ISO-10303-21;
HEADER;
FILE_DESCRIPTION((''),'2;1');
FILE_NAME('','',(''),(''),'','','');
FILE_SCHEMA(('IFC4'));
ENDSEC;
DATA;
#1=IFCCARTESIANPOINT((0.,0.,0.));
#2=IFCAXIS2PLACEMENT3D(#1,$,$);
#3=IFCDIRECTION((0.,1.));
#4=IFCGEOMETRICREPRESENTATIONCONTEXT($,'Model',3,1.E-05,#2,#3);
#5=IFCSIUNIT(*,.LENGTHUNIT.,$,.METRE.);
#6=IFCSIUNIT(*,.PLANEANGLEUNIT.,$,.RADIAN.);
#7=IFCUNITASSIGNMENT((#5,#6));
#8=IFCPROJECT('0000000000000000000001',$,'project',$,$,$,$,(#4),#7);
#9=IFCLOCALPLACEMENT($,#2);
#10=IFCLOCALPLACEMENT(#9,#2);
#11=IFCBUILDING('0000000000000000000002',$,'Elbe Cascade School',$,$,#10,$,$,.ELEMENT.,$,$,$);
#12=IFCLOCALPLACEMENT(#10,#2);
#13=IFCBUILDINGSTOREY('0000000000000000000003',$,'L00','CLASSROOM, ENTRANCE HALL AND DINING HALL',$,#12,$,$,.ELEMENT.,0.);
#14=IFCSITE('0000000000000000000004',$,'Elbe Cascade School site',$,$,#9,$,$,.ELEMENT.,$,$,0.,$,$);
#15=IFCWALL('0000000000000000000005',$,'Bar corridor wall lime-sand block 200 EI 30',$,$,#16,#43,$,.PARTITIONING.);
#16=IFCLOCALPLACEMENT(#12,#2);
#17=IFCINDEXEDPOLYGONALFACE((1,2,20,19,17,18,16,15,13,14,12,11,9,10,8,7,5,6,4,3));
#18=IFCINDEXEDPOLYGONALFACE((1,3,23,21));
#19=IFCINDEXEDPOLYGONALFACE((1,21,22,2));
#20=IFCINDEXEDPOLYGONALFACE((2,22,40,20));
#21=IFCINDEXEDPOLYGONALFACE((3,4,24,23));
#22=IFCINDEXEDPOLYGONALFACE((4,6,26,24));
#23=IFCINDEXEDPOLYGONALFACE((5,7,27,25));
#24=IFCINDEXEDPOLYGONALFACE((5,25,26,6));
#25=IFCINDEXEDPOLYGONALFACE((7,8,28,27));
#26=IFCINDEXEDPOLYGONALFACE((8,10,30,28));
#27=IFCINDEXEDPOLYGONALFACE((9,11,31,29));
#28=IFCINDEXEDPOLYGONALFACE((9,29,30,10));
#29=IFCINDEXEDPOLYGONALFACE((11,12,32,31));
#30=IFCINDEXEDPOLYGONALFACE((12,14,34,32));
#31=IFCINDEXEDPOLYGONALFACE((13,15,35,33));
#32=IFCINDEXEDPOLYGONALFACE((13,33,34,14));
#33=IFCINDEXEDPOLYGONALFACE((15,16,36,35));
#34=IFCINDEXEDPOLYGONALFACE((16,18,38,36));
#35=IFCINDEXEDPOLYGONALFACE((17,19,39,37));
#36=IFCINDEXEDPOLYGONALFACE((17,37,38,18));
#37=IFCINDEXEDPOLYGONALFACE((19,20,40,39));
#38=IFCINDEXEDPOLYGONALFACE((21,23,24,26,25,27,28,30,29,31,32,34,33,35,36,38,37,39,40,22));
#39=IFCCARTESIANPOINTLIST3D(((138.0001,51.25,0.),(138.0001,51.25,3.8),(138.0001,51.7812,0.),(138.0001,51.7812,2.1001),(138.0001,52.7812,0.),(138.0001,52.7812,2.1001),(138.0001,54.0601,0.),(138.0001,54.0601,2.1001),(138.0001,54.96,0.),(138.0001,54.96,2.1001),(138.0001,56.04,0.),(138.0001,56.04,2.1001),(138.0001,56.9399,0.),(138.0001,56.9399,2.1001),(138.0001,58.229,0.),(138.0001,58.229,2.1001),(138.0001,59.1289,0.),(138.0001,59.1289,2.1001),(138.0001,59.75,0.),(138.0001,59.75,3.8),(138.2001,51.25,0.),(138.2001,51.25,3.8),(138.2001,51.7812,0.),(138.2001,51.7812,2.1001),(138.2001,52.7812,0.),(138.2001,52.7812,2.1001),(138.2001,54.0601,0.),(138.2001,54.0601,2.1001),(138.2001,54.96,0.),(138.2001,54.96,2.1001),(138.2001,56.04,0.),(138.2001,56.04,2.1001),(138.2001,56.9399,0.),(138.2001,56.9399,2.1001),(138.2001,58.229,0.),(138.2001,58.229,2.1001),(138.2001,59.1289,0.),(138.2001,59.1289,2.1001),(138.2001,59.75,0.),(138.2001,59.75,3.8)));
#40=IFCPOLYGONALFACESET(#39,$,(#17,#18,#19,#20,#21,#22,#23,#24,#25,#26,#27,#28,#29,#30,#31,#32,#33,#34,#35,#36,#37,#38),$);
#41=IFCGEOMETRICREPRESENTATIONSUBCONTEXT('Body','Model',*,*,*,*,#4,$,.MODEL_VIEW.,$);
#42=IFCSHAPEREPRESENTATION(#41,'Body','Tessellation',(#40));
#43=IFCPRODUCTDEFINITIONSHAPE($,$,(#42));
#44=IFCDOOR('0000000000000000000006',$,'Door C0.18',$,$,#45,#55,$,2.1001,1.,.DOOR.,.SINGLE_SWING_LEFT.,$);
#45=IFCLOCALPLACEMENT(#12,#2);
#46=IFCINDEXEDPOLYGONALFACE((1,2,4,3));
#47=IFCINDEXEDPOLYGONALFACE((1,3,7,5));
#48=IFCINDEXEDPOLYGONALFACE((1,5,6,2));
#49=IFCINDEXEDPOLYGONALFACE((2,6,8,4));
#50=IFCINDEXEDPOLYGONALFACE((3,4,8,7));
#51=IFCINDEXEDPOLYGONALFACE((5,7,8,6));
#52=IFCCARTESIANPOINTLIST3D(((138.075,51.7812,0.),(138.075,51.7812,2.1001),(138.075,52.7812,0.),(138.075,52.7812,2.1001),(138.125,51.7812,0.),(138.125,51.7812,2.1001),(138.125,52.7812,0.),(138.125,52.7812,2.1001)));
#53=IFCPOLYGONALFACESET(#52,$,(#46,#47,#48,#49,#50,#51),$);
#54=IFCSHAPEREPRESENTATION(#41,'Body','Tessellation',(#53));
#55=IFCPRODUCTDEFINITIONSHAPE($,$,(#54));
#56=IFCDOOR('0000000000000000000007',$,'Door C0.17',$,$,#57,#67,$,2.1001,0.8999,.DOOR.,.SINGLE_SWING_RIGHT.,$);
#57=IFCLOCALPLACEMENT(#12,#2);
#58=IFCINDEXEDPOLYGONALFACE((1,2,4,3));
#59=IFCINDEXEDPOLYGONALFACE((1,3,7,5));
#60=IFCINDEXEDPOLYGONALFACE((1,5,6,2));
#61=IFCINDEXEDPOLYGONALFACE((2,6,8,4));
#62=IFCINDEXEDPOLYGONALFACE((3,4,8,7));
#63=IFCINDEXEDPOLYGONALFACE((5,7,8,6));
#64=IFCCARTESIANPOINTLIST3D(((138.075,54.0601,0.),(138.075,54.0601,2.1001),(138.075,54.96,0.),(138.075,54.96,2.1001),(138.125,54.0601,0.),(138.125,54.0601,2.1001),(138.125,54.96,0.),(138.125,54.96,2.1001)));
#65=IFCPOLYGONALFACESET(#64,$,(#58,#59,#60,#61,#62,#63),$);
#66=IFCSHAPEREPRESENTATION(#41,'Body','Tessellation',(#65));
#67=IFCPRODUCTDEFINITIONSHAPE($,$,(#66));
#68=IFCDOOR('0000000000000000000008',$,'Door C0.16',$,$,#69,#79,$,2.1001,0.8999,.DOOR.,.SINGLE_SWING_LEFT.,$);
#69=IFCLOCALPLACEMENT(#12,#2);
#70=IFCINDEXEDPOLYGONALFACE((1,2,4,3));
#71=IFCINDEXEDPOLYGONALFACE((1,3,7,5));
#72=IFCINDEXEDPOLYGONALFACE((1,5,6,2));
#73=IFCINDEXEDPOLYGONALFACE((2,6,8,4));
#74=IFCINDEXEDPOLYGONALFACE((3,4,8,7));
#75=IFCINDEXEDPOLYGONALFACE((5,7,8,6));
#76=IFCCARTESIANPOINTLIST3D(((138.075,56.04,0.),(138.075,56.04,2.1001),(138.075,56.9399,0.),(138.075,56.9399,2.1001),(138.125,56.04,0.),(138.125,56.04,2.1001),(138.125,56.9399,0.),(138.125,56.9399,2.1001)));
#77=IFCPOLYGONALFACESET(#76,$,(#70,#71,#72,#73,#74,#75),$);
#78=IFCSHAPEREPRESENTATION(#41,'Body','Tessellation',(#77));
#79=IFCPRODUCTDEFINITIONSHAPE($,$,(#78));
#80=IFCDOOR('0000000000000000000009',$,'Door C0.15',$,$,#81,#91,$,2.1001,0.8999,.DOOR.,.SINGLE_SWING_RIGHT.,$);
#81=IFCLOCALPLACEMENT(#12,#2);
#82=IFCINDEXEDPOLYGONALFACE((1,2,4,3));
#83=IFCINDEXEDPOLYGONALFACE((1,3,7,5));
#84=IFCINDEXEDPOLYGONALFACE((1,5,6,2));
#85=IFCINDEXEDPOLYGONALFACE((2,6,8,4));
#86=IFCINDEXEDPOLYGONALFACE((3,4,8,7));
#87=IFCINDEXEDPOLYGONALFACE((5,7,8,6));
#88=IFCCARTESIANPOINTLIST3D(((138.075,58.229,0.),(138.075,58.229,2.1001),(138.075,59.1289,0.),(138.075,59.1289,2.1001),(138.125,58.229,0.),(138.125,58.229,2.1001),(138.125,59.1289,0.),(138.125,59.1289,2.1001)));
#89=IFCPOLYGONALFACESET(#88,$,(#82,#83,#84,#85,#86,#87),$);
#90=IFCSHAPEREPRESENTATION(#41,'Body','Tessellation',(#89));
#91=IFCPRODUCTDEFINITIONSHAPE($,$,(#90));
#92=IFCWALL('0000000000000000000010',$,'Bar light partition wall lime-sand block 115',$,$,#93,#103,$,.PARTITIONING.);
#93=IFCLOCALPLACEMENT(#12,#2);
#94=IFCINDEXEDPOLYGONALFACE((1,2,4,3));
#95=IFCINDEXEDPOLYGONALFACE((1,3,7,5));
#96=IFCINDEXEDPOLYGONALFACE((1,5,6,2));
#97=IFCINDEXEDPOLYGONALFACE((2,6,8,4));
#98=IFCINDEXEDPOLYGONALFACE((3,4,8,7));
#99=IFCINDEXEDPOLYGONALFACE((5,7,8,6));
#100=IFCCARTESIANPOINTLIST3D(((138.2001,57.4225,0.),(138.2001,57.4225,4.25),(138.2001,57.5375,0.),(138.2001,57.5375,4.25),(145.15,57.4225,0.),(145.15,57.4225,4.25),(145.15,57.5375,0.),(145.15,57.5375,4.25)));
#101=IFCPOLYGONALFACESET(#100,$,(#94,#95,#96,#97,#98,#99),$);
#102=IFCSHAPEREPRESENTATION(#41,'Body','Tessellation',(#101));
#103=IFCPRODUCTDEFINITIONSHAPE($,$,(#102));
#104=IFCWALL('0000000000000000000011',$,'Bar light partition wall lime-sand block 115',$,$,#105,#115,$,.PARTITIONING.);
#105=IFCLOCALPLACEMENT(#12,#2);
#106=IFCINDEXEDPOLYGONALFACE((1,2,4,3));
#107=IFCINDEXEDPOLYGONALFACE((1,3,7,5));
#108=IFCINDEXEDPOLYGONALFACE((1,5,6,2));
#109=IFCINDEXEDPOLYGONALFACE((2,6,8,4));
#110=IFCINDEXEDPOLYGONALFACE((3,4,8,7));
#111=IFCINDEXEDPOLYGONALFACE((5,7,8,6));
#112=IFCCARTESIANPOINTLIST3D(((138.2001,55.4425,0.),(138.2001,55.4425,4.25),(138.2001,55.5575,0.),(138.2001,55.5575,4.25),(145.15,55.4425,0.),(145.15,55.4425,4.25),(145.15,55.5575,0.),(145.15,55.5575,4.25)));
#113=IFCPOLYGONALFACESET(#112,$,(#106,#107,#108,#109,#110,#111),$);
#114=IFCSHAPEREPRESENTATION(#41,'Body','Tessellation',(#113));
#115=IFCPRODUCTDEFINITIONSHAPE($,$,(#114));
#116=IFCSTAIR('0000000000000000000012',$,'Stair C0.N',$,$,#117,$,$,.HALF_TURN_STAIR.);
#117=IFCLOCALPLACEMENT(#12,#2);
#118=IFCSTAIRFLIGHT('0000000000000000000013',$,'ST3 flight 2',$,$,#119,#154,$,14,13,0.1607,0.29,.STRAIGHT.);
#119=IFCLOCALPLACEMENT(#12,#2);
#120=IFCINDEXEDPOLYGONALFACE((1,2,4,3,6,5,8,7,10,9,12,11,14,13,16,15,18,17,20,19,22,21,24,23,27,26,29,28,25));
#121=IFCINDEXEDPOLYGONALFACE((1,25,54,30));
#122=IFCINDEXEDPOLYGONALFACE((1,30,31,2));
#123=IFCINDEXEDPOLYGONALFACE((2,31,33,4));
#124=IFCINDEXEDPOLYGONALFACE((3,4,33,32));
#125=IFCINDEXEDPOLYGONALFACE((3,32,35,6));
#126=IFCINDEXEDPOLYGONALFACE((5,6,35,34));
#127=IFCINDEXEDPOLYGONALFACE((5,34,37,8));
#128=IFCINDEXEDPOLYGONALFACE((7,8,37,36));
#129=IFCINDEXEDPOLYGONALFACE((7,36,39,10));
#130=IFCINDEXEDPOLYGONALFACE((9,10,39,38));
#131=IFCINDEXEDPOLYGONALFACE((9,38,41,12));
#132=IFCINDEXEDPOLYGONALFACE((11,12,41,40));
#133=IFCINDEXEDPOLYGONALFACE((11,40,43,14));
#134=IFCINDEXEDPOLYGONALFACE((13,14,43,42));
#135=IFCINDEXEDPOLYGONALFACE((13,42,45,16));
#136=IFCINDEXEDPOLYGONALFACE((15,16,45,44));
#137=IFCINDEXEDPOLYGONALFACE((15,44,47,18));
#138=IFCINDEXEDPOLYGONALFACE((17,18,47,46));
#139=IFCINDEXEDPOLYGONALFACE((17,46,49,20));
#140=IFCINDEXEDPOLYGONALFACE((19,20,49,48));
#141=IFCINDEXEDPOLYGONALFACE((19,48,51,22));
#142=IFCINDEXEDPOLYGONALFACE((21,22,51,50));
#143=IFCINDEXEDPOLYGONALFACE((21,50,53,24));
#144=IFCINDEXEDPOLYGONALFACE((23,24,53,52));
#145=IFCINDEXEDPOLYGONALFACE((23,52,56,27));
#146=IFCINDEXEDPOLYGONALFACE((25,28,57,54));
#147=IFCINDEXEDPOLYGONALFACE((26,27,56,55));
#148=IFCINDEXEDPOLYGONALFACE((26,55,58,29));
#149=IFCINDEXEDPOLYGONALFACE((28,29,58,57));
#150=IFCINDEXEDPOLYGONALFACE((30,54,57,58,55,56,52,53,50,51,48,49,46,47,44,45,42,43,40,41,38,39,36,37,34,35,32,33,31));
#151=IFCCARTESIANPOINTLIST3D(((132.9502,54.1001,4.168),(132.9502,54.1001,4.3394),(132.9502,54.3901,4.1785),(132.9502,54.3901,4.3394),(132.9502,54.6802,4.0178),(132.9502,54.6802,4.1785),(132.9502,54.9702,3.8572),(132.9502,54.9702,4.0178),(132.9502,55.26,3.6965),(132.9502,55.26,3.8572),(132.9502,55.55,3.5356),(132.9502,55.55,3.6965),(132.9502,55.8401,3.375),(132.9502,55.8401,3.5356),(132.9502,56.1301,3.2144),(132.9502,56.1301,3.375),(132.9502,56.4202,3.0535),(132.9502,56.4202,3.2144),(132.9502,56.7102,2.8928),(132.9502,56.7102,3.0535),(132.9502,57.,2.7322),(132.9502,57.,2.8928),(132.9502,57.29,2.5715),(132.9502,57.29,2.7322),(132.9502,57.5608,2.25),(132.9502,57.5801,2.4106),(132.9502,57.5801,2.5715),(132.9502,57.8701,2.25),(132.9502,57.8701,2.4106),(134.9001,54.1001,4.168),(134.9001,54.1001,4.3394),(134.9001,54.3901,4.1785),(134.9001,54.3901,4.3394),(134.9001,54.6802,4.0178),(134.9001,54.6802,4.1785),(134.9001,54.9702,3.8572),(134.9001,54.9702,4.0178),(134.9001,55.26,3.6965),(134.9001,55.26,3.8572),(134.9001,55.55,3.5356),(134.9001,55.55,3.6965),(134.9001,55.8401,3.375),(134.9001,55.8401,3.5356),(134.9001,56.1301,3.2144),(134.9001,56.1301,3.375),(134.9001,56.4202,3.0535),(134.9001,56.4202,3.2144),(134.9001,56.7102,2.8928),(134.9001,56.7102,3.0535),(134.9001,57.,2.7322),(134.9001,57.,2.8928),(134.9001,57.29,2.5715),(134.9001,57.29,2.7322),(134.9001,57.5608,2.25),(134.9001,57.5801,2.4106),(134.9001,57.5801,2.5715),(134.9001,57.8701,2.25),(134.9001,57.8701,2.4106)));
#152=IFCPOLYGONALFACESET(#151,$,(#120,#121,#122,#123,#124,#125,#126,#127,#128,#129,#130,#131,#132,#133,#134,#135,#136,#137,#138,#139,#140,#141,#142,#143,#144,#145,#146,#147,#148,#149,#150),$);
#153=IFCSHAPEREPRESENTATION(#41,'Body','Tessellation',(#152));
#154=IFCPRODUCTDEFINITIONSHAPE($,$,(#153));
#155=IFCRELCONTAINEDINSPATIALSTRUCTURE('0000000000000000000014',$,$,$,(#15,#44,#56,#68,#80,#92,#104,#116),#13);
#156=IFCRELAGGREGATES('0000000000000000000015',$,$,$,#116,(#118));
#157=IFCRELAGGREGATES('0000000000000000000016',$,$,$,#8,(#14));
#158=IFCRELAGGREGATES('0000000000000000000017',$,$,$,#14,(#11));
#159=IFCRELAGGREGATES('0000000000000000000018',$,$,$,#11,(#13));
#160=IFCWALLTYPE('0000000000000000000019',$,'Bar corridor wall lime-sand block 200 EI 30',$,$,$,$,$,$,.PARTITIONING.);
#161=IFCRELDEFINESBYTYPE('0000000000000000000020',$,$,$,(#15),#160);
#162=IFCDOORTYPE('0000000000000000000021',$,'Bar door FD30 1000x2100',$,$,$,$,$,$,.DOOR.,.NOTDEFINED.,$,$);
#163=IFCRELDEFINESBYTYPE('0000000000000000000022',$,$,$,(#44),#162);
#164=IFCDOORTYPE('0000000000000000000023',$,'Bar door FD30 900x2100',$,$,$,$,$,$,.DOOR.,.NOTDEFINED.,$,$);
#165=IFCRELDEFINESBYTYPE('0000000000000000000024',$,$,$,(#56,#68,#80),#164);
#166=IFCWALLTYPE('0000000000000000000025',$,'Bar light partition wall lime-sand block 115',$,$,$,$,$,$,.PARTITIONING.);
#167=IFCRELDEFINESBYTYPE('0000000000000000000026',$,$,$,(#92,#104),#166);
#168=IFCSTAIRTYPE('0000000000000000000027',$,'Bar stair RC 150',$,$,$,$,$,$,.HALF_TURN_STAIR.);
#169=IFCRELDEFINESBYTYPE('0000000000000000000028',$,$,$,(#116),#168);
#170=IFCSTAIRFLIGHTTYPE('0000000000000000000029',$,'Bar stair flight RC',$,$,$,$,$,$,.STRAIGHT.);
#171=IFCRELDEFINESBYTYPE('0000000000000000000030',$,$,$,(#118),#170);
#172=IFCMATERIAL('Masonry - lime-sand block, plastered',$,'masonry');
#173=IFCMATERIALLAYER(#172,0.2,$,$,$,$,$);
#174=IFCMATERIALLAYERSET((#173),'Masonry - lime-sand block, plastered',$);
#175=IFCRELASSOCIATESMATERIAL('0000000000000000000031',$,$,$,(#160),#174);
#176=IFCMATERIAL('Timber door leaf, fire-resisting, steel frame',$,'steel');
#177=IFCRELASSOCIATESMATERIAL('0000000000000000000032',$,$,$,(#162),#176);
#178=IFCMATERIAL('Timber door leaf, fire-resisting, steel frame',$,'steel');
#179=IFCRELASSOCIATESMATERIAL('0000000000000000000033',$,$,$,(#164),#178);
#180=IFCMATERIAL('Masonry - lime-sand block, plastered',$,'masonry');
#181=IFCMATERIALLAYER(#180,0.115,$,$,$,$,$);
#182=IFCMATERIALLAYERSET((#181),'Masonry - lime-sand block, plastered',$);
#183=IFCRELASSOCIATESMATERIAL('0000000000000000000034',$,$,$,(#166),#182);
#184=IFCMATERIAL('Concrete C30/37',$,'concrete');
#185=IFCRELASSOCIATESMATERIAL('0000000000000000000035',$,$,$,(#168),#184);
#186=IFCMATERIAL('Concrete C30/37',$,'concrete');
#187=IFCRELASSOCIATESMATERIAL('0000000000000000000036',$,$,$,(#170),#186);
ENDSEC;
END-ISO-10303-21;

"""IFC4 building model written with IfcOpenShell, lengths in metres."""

from ifc_helpers import new_model, si_unit, direction, frame, frame_2d, origin, place, context, subcontext, project, spatial, polyline, rectangle, outline, extrude, material, layer, layer_set, type_object, element, fill, aggregate, save


model = new_model("IFC4")

# Units and contexts
model_context = context("Model", 3, precision=1e-05, world=origin(), true_north=direction((0.0, 1.0)))
body_context = subcontext(model_context, "Body", "Model", "MODEL_VIEW")
ifc_project = project(units=[si_unit("LENGTHUNIT", "METRE"), si_unit("PLANEANGLEUNIT", "RADIAN")], contexts=[model_context])

# Site, building, storey
site_placement = place(None, origin())
site = spatial("IfcSite", under=ifc_project, at=site_placement, Name="Elbe Cascade School site", CompositionType="ELEMENT", RefElevation=0.0)
building_placement = place(site_placement, origin())
building = spatial("IfcBuilding", under=site, at=building_placement, Name="Elbe Cascade School", CompositionType="ELEMENT")
storey_placement = place(building_placement, origin())
storey = spatial("IfcBuildingStorey", under=building, at=storey_placement, Name="L00", Description="CLASSROOM, ENTRANCE HALL AND DINING HALL", CompositionType="ELEMENT", Elevation=0.0)

# Wall, openings, doors
ifc_material_1 = material(Name="Masonry - lime-sand block, plastered", Category="masonry")
ifc_layer_1 = layer(ifc_material_1, 0.2)
ifc_layer_set_1 = layer_set([ifc_layer_1], Name="Masonry - lime-sand block, plastered")
wall_type_1 = type_object("IfcWallType", Name="Bar corridor wall lime-sand block 200 EI 30", PredefinedType="PARTITIONING", material=ifc_layer_set_1)
wall_placement = place(storey_placement, frame((138.1001, 59.75, 0.0), z_axis=(0.0, 0.0, 1.0), x_axis=(0.0, -1.0, 0.0)))
wall = element("IfcWall", 1, at=wall_placement, inside=storey, type_object=wall_type_1, Name="Bar corridor wall lime-sand block 200 EI 30", PredefinedType="PARTITIONING", context=body_context, shape_type="SweptSolid", body=[
    extrude(rectangle(XDim=8.5, YDim=0.2, at=frame_2d((4.25, 0.0))), origin(), (0.0, 0.0, 1.0), 3.8),
])
opening_1_placement = place(wall_placement, frame((6.9688, 0.0, 0.0)))
opening_1 = element("IfcOpeningElement", 2, at=opening_1_placement, cuts=wall, PredefinedType="OPENING", context=body_context, shape_type="SweptSolid", body=[
    extrude(rectangle(XDim=1.0, YDim=2.1001, at=frame_2d((0.5, 1.05))), frame((0.0, 0.1099, 0.0), z_axis=(0.0, -1.0, 0.0), x_axis=(1.0, 0.0, 0.0)), (0.0, 0.0, 1.0), 0.22),
])
opening_2_placement = place(wall_placement, frame((4.79, 0.0, 0.0)))
opening_2 = element("IfcOpeningElement", 3, at=opening_2_placement, cuts=wall, PredefinedType="OPENING", context=body_context, shape_type="SweptSolid", body=[
    extrude(rectangle(XDim=0.8999, YDim=2.1001, at=frame_2d((0.45, 1.05))), frame((0.0, 0.1099, 0.0), z_axis=(0.0, -1.0, 0.0), x_axis=(1.0, 0.0, 0.0)), (0.0, 0.0, 1.0), 0.22),
])
opening_3_placement = place(wall_placement, frame((2.8101, 0.0, 0.0)))
opening_3 = element("IfcOpeningElement", 4, at=opening_3_placement, cuts=wall, PredefinedType="OPENING", context=body_context, shape_type="SweptSolid", body=[
    extrude(rectangle(XDim=0.8999, YDim=2.1001, at=frame_2d((0.45, 1.05))), frame((0.0, 0.1099, 0.0), z_axis=(0.0, -1.0, 0.0), x_axis=(1.0, 0.0, 0.0)), (0.0, 0.0, 1.0), 0.22),
])
opening_4_placement = place(wall_placement, frame((0.6211, 0.0, 0.0)))
opening_4 = element("IfcOpeningElement", 5, at=opening_4_placement, cuts=wall, PredefinedType="OPENING", context=body_context, shape_type="SweptSolid", body=[
    extrude(rectangle(XDim=0.8999, YDim=2.1001, at=frame_2d((0.45, 1.05))), frame((0.0, 0.1099, 0.0), z_axis=(0.0, -1.0, 0.0), x_axis=(1.0, 0.0, 0.0)), (0.0, 0.0, 1.0), 0.22),
])
ifc_material_2 = material(Name="Timber door leaf, fire-resisting, steel frame", Category="steel")
door_type_1 = type_object("IfcDoorType", Name="Bar door FD30 1000x2100", OperationType="NOTDEFINED", PredefinedType="DOOR", material=ifc_material_2)
door_1_placement = place(opening_1_placement, origin())
door_1 = element("IfcDoor", 6, at=door_1_placement, inside=storey, type_object=door_type_1, Name="Door C0.18", OperationType="SINGLE_SWING_LEFT", OverallHeight=2.1001, OverallWidth=1.0, PredefinedType="DOOR", context=body_context, shape_type="SweptSolid", body=[
    extrude(rectangle(XDim=1.0, YDim=2.1001, at=frame_2d((0.5, 1.05))), frame((0.0, 0.0249, 0.0), z_axis=(0.0, -1.0, 0.0), x_axis=(1.0, 0.0, 0.0)), (0.0, 0.0, 1.0), 0.05),
])
fill(opening_1, door_1)
ifc_material_3 = material(Name="Timber door leaf, fire-resisting, steel frame", Category="steel")
door_type_2 = type_object("IfcDoorType", Name="Bar door FD30 900x2100", OperationType="NOTDEFINED", PredefinedType="DOOR", material=ifc_material_3)
door_2_placement = place(opening_2_placement, origin())
door_2 = element("IfcDoor", 7, at=door_2_placement, inside=storey, type_object=door_type_2, Name="Door C0.17", OperationType="SINGLE_SWING_RIGHT", OverallHeight=2.1001, OverallWidth=0.8999, PredefinedType="DOOR", context=body_context, shape_type="SweptSolid", body=[
    extrude(rectangle(XDim=0.8999, YDim=2.1001, at=frame_2d((0.45, 1.05))), frame((0.0, 0.0249, 0.0), z_axis=(0.0, -1.0, 0.0), x_axis=(1.0, 0.0, 0.0)), (0.0, 0.0, 1.0), 0.05),
])
fill(opening_2, door_2)
door_3_placement = place(opening_3_placement, origin())
door_3 = element("IfcDoor", 8, at=door_3_placement, inside=storey, type_object=door_type_2, Name="Door C0.16", OperationType="SINGLE_SWING_LEFT", OverallHeight=2.1001, OverallWidth=0.8999, PredefinedType="DOOR", context=body_context, shape_type="SweptSolid", body=[
    extrude(rectangle(XDim=0.8999, YDim=2.1001, at=frame_2d((0.45, 1.05))), frame((0.0, 0.0249, 0.0), z_axis=(0.0, -1.0, 0.0), x_axis=(1.0, 0.0, 0.0)), (0.0, 0.0, 1.0), 0.05),
])
fill(opening_3, door_3)
door_4_placement = place(opening_4_placement, origin())
door_4 = element("IfcDoor", 9, at=door_4_placement, inside=storey, type_object=door_type_2, Name="Door C0.15", OperationType="SINGLE_SWING_RIGHT", OverallHeight=2.1001, OverallWidth=0.8999, PredefinedType="DOOR", context=body_context, shape_type="SweptSolid", body=[
    extrude(rectangle(XDim=0.8999, YDim=2.1001, at=frame_2d((0.45, 1.05))), frame((0.0, 0.0249, 0.0), z_axis=(0.0, -1.0, 0.0), x_axis=(1.0, 0.0, 0.0)), (0.0, 0.0, 1.0), 0.05),
])
fill(opening_4, door_4)

# Walls
ifc_material_4 = material(Name="Masonry - lime-sand block, plastered", Category="masonry")
ifc_layer_2 = layer(ifc_material_4, 0.115)
ifc_layer_set_2 = layer_set([ifc_layer_2], Name="Masonry - lime-sand block, plastered")
wall_type_2 = type_object("IfcWallType", Name="Bar light partition wall lime-sand block 115", PredefinedType="PARTITIONING", material=ifc_layer_set_2)
for number, where, z_axis, x_axis, name in (
    (10, (138.2, 57.48, 0.0), (0.0, 0.0, 1.0), (1.0, 0.0, 0.0), "Bar light partition wall lime-sand block 115"),
    (11, (138.2, 55.5, 0.0), (0.0, 0.0, 1.0), (1.0, 0.0, 0.0), "Bar light partition wall lime-sand block 115"),
):
    element("IfcWall", number, at=place(storey_placement, frame(where, z_axis=z_axis, x_axis=x_axis)), inside=storey, type_object=wall_type_2, Name=name, PredefinedType="PARTITIONING", context=body_context, shape_type="SweptSolid", body=[
        extrude(rectangle(XDim=6.95, YDim=0.115, at=frame_2d((3.4751, 0.0))), origin(), (0.0, 0.0, 1.0), 4.25),
    ])

# Stair, stair flight
ifc_material_5 = material(Name="Concrete C30/37", Category="concrete")
stair_type = type_object("IfcStairType", Name="Bar stair RC 150", PredefinedType="HALF_TURN_STAIR", material=ifc_material_5)
stair_placement = place(storey_placement, origin())
stair = element("IfcStair", 12, at=stair_placement, inside=storey, type_object=stair_type, Name="Stair C0.N", PredefinedType="HALF_TURN_STAIR")
ifc_material_6 = material(Name="Concrete C30/37", Category="concrete")
stair_flight_type = type_object("IfcStairFlightType", Name="Bar stair flight RC", PredefinedType="STRAIGHT", material=ifc_material_6)
stair_flight_placement = place(storey_placement, frame((133.925, 57.8701, 2.25), z_axis=(0.0, 0.0, 1.0), x_axis=(0.0, -1.0, 0.0)))
stair_flight = element("IfcStairFlight", 13, at=stair_flight_placement, type_object=stair_flight_type, Name="ST3 flight 2", NumberOfRisers=14, NumberOfTreads=13, PredefinedType="STRAIGHT", RiserHeight=0.1607, TreadLength=0.29, context=body_context, shape_type="SweptSolid", body=[
    extrude(outline(polyline([(0.0, 0.0), (0.0, 0.1606), (0.29, 0.1606), (0.29, 0.3215), (0.5801, 0.3215), (0.5801, 0.4822), (0.8701, 0.4822), (0.8701, 0.6428), (1.1599, 0.6428), (1.1599, 0.8035), (1.45, 0.8035), (1.45, 0.9644), (1.74, 0.9644), (1.74, 1.125), (2.03, 1.125), (2.03, 1.2856), (2.3201, 1.2856), (2.3201, 1.4465), (2.6101, 1.4465), (2.6101, 1.6072), (2.8999, 1.6072), (2.8999, 1.7678), (3.1899, 1.7678), (3.1899, 1.9285), (3.48, 1.9285), (3.48, 2.0894), (3.77, 2.0894), (3.77, 2.25), (3.77, 1.918), (0.3093, 0.0), (0.0, 0.0)])), frame((0.0, 0.9751, 0.0), z_axis=(0.0, -1.0, 0.0), x_axis=(1.0, 0.0, 0.0)), (0.0, 0.0, 1.0), 1.95),
])
aggregate(stair, [stair_flight])

save(model, "model.ifc")
